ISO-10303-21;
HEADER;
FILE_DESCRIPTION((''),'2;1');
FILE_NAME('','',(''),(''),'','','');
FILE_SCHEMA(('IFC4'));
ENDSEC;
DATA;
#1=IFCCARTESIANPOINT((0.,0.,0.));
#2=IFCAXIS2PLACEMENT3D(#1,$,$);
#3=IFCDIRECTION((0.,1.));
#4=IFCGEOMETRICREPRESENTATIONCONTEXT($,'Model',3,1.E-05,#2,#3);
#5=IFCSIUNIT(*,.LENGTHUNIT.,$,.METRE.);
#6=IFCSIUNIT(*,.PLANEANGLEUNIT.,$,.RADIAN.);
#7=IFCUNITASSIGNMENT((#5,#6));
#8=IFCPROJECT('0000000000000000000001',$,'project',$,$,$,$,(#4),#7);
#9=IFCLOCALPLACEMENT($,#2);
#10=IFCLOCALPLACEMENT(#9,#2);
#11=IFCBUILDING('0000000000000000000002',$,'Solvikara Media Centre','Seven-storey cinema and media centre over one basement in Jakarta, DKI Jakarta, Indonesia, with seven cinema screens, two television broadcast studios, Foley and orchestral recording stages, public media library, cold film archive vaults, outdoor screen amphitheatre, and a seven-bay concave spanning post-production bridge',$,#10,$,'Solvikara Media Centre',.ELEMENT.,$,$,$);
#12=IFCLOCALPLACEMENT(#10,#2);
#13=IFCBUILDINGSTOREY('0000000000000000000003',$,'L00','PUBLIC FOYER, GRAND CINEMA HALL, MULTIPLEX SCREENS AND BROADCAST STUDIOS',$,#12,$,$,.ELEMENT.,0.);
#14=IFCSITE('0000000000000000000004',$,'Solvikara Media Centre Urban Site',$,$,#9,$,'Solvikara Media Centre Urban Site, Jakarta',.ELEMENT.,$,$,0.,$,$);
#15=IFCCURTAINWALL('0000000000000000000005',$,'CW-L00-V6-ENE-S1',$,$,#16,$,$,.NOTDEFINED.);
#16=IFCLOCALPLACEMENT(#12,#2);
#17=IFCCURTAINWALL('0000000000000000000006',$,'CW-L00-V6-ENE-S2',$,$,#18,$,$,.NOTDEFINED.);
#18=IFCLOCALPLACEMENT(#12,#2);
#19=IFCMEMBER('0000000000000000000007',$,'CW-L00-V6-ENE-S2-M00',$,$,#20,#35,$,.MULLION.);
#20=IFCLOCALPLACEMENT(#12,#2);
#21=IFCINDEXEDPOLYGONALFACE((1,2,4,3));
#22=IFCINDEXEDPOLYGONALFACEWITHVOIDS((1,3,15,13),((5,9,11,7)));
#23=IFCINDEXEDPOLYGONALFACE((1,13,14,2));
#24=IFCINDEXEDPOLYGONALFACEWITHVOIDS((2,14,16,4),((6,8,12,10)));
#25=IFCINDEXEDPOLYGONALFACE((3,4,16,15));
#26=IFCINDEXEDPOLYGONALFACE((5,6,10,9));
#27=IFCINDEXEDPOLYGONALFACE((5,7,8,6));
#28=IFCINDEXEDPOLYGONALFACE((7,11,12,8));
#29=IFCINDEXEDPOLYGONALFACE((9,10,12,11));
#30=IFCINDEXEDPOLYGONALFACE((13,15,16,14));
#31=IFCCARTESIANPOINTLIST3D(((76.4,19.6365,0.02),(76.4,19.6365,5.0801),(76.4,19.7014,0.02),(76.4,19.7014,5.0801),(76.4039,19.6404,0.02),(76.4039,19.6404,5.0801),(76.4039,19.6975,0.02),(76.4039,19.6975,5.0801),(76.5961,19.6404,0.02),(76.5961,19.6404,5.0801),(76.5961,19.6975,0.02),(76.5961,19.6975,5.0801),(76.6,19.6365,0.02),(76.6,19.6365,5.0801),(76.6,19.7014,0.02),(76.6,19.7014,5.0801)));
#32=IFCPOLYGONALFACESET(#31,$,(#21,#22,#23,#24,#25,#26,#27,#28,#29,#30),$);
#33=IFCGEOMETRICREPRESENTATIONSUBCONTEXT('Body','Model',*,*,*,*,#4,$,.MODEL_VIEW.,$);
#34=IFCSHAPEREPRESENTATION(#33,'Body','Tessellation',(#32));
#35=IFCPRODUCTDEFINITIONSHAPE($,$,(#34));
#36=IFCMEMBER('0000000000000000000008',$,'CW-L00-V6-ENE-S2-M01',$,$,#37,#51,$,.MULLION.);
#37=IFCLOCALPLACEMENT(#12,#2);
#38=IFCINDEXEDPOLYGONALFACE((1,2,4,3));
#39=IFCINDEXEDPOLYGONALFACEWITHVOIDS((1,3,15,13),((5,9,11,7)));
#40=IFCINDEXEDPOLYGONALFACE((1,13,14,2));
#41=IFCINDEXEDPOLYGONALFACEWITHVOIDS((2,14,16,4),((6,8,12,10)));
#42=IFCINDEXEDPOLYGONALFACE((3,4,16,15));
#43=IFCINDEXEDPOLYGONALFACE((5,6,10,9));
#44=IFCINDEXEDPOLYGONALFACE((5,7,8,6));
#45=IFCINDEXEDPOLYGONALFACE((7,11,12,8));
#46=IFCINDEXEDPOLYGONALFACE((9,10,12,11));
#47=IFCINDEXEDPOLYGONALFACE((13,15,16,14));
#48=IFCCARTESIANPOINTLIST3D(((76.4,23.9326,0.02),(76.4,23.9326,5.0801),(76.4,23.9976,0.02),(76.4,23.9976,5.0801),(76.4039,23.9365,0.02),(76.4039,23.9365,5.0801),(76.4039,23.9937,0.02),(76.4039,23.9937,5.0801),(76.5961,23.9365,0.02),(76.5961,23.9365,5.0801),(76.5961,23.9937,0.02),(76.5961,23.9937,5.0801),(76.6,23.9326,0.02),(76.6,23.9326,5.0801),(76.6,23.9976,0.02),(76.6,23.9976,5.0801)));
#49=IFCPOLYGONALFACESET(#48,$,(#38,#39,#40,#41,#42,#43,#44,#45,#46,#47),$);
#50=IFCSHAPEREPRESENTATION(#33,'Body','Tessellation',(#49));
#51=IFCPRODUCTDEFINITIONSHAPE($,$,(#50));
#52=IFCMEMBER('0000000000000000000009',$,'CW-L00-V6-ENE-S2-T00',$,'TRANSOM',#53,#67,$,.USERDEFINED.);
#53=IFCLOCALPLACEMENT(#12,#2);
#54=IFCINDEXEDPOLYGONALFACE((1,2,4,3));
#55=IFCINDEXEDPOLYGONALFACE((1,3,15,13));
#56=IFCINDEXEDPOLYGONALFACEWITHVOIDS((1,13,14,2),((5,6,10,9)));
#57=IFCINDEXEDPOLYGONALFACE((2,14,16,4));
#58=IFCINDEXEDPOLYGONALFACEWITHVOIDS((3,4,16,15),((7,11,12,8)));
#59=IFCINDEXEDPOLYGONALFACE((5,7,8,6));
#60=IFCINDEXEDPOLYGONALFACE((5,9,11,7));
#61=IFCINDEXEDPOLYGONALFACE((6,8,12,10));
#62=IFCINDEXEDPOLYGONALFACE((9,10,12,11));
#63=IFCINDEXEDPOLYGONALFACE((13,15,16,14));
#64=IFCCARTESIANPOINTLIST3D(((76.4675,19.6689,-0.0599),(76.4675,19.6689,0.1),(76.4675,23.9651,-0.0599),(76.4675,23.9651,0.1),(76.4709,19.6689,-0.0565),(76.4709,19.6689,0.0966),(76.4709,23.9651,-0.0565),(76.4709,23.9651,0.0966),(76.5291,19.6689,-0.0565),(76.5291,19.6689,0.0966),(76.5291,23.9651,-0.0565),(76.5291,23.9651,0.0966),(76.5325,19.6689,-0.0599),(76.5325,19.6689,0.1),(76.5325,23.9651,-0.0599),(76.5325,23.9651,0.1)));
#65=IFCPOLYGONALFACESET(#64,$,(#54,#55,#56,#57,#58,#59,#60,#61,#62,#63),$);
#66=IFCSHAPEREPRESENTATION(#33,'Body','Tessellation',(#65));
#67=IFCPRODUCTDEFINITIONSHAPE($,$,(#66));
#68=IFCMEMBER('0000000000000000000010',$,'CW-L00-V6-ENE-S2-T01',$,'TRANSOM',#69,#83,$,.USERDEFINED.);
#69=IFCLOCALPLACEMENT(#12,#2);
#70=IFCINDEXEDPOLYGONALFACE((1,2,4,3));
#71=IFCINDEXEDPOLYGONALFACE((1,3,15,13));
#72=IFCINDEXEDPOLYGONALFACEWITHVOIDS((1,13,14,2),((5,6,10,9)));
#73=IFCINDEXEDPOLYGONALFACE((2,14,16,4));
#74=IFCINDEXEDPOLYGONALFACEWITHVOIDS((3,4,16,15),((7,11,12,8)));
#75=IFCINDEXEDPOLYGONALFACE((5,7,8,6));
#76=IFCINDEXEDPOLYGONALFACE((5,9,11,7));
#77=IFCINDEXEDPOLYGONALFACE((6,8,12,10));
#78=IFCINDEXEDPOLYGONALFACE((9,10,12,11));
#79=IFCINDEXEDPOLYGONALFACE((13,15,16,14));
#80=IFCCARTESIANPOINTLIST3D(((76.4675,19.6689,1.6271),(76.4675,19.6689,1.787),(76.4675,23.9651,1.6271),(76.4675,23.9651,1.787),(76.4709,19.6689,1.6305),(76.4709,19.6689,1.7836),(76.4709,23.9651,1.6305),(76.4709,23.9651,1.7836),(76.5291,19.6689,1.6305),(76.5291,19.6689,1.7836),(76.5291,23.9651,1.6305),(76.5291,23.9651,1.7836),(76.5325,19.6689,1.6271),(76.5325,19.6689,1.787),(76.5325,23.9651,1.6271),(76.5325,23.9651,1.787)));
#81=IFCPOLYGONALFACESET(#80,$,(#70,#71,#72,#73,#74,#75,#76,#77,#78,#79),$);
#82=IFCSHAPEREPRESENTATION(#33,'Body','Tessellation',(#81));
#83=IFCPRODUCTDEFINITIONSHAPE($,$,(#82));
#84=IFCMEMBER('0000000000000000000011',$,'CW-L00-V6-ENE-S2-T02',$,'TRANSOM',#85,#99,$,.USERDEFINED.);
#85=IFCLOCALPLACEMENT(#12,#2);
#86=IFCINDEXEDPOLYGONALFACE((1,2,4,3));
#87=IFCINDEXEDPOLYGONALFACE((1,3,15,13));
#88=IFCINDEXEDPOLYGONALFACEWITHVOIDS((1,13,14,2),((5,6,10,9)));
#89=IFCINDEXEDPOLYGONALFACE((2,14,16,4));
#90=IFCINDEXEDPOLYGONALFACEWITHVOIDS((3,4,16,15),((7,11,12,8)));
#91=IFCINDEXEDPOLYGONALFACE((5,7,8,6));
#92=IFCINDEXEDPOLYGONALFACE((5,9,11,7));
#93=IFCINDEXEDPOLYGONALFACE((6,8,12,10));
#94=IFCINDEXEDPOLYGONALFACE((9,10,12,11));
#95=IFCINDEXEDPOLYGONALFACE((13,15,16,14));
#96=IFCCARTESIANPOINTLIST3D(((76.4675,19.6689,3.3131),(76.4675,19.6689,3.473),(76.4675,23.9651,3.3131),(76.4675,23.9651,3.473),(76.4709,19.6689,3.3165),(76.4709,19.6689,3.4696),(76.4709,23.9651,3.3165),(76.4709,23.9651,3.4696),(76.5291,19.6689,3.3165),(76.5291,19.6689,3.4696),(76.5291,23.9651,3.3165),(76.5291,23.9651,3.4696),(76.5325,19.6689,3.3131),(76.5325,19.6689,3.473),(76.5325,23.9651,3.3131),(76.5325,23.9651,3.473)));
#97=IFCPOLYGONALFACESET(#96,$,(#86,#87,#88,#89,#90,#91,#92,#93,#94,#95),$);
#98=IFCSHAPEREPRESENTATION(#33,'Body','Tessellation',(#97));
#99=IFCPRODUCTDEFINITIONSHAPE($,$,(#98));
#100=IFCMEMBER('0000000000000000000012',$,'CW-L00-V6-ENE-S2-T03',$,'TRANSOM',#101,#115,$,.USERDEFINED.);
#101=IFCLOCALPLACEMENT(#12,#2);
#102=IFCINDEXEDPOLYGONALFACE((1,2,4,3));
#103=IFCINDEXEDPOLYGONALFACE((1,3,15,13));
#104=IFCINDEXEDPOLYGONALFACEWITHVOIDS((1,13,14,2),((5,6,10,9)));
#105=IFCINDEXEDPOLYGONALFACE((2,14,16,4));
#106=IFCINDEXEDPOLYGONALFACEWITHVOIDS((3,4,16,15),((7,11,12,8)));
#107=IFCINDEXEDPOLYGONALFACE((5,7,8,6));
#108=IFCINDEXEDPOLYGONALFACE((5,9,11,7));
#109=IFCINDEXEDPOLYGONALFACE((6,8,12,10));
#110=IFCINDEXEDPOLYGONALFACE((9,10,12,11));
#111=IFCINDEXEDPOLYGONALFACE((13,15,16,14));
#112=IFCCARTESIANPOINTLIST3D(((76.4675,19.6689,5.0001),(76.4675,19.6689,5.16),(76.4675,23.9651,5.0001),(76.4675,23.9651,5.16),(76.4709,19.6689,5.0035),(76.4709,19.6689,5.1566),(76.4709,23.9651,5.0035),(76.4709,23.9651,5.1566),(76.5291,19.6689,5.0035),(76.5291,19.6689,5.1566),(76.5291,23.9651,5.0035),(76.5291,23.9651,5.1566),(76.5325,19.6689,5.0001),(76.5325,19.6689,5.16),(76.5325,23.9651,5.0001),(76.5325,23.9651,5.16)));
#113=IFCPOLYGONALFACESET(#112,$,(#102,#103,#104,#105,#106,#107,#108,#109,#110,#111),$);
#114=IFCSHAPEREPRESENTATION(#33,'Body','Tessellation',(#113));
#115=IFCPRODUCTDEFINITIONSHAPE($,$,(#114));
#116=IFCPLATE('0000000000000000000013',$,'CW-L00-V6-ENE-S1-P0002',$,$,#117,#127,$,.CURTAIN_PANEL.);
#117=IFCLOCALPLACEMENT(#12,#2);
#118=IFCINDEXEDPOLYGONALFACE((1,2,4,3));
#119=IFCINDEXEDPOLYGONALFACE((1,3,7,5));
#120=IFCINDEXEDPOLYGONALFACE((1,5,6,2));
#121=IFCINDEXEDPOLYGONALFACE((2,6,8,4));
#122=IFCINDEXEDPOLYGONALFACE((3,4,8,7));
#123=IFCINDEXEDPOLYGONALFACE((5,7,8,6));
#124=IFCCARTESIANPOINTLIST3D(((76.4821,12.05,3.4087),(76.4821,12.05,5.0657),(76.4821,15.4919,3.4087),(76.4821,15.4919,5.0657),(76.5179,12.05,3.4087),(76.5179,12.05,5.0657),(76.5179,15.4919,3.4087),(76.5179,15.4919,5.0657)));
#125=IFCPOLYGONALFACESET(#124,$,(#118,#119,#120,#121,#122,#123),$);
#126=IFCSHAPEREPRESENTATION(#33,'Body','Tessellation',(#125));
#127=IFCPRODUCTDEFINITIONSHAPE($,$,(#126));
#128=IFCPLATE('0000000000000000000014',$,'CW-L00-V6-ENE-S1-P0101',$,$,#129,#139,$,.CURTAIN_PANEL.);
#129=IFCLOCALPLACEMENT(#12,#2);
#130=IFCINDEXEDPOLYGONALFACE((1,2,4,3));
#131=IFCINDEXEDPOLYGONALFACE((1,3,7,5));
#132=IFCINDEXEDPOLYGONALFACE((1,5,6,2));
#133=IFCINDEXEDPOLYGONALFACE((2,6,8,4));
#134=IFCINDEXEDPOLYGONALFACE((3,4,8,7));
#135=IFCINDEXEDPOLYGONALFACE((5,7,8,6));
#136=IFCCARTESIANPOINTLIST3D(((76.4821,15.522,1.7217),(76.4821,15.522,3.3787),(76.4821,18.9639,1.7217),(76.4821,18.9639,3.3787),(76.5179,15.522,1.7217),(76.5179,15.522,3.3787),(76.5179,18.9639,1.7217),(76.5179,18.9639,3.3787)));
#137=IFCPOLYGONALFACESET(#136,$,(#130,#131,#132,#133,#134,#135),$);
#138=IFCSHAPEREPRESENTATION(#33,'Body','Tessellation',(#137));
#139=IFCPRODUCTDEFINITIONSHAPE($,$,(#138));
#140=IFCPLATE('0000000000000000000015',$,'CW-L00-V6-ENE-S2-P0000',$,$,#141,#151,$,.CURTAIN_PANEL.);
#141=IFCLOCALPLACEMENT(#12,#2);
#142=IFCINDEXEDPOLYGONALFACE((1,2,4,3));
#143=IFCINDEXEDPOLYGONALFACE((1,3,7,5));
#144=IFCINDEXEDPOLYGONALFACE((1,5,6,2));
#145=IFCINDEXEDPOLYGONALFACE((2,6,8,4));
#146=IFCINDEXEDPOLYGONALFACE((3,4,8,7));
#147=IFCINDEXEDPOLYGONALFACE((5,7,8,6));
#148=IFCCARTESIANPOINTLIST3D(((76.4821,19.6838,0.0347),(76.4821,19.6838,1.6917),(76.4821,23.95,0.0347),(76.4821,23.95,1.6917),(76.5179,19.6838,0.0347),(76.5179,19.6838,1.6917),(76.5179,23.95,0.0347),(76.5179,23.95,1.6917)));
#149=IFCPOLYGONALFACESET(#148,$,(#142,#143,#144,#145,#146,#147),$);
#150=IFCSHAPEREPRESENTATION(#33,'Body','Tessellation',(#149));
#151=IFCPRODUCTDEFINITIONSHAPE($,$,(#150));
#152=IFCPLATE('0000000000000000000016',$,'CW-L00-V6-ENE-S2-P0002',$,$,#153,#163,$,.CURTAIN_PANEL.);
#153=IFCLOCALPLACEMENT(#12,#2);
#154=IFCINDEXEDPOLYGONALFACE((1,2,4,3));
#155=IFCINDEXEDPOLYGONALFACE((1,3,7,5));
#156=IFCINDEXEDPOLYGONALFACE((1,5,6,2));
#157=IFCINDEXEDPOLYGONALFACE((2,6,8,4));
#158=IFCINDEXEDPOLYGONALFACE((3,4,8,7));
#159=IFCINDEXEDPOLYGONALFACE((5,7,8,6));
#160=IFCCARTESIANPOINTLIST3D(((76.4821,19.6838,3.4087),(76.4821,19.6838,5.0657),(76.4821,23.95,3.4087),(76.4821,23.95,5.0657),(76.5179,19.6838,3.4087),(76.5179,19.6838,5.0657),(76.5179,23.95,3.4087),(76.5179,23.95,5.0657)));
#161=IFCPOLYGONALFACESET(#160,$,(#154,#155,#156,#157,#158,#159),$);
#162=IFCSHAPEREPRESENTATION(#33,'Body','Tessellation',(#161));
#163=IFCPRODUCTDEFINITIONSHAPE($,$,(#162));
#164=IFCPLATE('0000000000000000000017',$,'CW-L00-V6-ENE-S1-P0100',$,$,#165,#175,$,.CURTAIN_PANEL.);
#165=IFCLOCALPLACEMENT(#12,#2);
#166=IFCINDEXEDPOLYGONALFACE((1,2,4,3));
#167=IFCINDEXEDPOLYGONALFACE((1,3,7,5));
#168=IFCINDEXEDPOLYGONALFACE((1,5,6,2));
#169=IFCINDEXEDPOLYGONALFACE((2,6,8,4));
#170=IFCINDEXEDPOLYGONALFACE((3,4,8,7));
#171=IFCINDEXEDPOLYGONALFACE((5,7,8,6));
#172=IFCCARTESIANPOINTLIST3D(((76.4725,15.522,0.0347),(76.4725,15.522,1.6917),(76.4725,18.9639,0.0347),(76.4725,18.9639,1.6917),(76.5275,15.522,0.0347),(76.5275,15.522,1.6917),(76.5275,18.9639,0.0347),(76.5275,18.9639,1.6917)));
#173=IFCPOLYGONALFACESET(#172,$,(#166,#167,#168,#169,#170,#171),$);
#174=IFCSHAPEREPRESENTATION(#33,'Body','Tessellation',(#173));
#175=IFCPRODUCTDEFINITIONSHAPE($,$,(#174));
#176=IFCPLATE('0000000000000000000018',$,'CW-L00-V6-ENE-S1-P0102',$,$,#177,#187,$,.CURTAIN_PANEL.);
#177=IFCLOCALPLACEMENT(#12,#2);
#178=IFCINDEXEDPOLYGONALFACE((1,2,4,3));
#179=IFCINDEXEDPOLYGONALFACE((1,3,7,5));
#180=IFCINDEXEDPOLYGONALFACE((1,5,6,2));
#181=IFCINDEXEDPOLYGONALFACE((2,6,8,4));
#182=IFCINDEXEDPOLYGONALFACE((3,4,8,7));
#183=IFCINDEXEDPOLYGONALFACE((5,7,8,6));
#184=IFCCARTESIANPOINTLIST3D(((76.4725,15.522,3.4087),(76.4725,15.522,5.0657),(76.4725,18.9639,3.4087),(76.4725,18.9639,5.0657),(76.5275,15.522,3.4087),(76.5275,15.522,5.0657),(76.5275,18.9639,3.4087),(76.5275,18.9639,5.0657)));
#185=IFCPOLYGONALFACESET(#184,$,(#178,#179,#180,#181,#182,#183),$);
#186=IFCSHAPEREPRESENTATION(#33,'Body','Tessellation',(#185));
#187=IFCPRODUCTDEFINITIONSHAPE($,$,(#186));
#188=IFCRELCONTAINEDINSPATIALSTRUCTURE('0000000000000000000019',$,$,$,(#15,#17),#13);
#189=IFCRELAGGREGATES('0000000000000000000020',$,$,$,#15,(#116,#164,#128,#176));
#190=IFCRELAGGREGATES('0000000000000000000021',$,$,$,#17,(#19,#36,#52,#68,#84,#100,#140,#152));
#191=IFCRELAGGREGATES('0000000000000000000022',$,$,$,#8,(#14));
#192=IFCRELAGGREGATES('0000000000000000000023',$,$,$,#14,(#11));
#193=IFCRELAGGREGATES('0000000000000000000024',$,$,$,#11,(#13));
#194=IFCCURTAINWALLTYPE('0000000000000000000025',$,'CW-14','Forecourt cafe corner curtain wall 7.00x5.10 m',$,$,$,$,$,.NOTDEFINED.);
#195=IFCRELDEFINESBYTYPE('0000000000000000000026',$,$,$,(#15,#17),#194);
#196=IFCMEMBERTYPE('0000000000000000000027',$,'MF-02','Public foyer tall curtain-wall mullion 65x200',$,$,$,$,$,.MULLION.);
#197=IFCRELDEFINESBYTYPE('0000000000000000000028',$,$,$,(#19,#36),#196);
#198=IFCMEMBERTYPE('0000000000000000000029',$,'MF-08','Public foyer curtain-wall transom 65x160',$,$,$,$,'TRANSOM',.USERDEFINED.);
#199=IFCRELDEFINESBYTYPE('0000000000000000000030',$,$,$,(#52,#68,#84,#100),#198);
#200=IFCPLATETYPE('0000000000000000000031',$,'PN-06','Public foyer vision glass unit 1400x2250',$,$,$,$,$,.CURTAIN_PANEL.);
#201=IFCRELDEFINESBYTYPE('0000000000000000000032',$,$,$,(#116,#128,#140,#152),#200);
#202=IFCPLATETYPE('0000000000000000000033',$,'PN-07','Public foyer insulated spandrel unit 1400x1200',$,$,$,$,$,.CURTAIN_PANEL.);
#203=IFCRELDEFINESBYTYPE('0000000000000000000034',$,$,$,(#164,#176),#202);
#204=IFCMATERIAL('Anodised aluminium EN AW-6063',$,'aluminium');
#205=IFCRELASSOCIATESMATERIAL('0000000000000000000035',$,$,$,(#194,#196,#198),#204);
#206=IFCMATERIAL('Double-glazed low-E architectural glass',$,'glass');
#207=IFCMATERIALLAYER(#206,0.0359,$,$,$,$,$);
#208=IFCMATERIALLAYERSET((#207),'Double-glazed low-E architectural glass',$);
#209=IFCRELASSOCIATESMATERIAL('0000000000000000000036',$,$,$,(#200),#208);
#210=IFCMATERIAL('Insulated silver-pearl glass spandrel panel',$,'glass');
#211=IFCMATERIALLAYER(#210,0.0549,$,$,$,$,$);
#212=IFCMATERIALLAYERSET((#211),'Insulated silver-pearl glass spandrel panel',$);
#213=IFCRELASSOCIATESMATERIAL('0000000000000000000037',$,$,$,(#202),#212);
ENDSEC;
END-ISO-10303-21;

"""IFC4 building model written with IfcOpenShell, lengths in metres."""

from ifc_helpers import new_model, si_unit, direction, frame, origin, origin_2d, place, context, subcontext, project, spatial, rectangle, hollow_rectangle, extrude, material, layer, layer_set, material_profile, profile_set, type_object, element, aggregate, save


model = new_model("IFC4")

# Units and contexts
model_context = context("Model", 3, precision=1e-05, world=origin(), true_north=direction((0.0, 1.0)))
body_context = subcontext(model_context, "Body", "Model", "MODEL_VIEW")
ifc_project = project(units=[si_unit("LENGTHUNIT", "METRE"), si_unit("PLANEANGLEUNIT", "RADIAN")], contexts=[model_context])

# Site, building, storey
site_placement = place(None, origin())
site = spatial("IfcSite", under=ifc_project, at=site_placement, Name="Solvikara Media Centre Urban Site", LongName="Solvikara Media Centre Urban Site, Jakarta", CompositionType="ELEMENT", RefElevation=0.0)
building_placement = place(site_placement, origin())
building = spatial("IfcBuilding", under=site, at=building_placement, Name="Solvikara Media Centre", Description="Seven-storey cinema and media centre over one basement in Jakarta, DKI Jakarta, Indonesia, with seven cinema screens, two television broadcast studios, Foley and orchestral recording stages, public media library, cold film archive vaults, outdoor screen amphitheatre, and a seven-bay concave spanning post-production bridge", LongName="Solvikara Media Centre", CompositionType="ELEMENT")
storey_placement = place(building_placement, origin())
storey = spatial("IfcBuildingStorey", under=building, at=storey_placement, Name="L00", Description="PUBLIC FOYER, GRAND CINEMA HALL, MULTIPLEX SCREENS AND BROADCAST STUDIOS", CompositionType="ELEMENT", Elevation=0.0)

# Curtain walls, members
ifc_material_1 = material(Name="Anodised aluminium EN AW-6063", Category="aluminium")
curtain_wall_type = type_object("IfcCurtainWallType", Name="CW-14", Description="Forecourt cafe corner curtain wall 7.00x5.10 m", PredefinedType="NOTDEFINED", material=ifc_material_1)
curtain_wall_1_placement = place(storey_placement, origin())
curtain_wall_1 = element("IfcCurtainWall", 1, at=curtain_wall_1_placement, inside=storey, type_object=curtain_wall_type, Name="CW-L00-V6-ENE-S1", PredefinedType="NOTDEFINED")
ifc_material_profile_1 = material_profile(ifc_material_1, hollow_rectangle(XDim=0.0649, YDim=0.2, WallThickness=0.0039, at=origin_2d()), Name="ALU-M 65x200x4")
ifc_profile_set_1 = profile_set([ifc_material_profile_1], Name="Anodised aluminium EN AW-6063")
member_type_1 = type_object("IfcMemberType", Name="MF-02", Description="Public foyer tall curtain-wall mullion 65x200", PredefinedType="MULLION", material=ifc_profile_set_1)
curtain_wall_2_placement = place(storey_placement, origin())
curtain_wall_2 = element("IfcCurtainWall", 2, at=curtain_wall_2_placement, inside=storey, type_object=curtain_wall_type, Name="CW-L00-V6-ENE-S2", PredefinedType="NOTDEFINED")
member_1_placement = place(storey_placement, frame((76.5, 19.6689, 0.02), z_axis=(0.0, 0.0, 1.0), x_axis=(0.0, 1.0, 0.0)))
member_1 = element("IfcMember", 3, at=member_1_placement, type_object=member_type_1, Name="CW-L00-V6-ENE-S2-M00", PredefinedType="MULLION", context=body_context, shape_type="SweptSolid", body=[
    extrude(hollow_rectangle(XDim=0.0649, YDim=0.2, WallThickness=0.0039, at=origin_2d()), origin(), (0.0, 0.0, 1.0), 5.0601),
])
member_2_placement = place(storey_placement, frame((76.5, 23.9651, 0.02), z_axis=(0.0, 0.0, 1.0), x_axis=(0.0, 1.0, 0.0)))
member_2 = element("IfcMember", 4, at=member_2_placement, type_object=member_type_1, Name="CW-L00-V6-ENE-S2-M01", PredefinedType="MULLION", context=body_context, shape_type="SweptSolid", body=[
    extrude(hollow_rectangle(XDim=0.0649, YDim=0.2, WallThickness=0.0039, at=origin_2d()), origin(), (0.0, 0.0, 1.0), 5.0601),
])
ifc_material_profile_2 = material_profile(ifc_material_1, hollow_rectangle(XDim=0.0649, YDim=0.1599, WallThickness=0.0034, at=origin_2d()), Name="ALU-T 65x160x3.5")
ifc_profile_set_2 = profile_set([ifc_material_profile_2], Name="Anodised aluminium EN AW-6063")
member_type_2 = type_object("IfcMemberType", Name="MF-08", Description="Public foyer curtain-wall transom 65x160", ElementType="TRANSOM", PredefinedType="USERDEFINED", material=ifc_profile_set_2)
member_3_placement = place(storey_placement, frame((76.5, 19.6689, 0.02), z_axis=(0.0, 1.0, 0.0), x_axis=(-1.0, 0.0, 0.0)))
member_3 = element("IfcMember", 5, at=member_3_placement, type_object=member_type_2, Name="CW-L00-V6-ENE-S2-T00", ObjectType="TRANSOM", PredefinedType="USERDEFINED", context=body_context, shape_type="SweptSolid", body=[
    extrude(hollow_rectangle(XDim=0.0649, YDim=0.1599, WallThickness=0.0034, at=origin_2d()), origin(), (0.0, 0.0, 1.0), 4.2961),
])
member_4_placement = place(storey_placement, frame((76.5, 19.6689, 1.707), z_axis=(0.0, 1.0, 0.0), x_axis=(-1.0, 0.0, 0.0)))
member_4 = element("IfcMember", 6, at=member_4_placement, type_object=member_type_2, Name="CW-L00-V6-ENE-S2-T01", ObjectType="TRANSOM", PredefinedType="USERDEFINED", context=body_context, shape_type="SweptSolid", body=[
    extrude(hollow_rectangle(XDim=0.0649, YDim=0.1599, WallThickness=0.0034, at=origin_2d()), origin(), (0.0, 0.0, 1.0), 4.2961),
])
member_5_placement = place(storey_placement, frame((76.5, 19.6689, 3.3931), z_axis=(0.0, 1.0, 0.0), x_axis=(-1.0, 0.0, 0.0)))
member_5 = element("IfcMember", 7, at=member_5_placement, type_object=member_type_2, Name="CW-L00-V6-ENE-S2-T02", ObjectType="TRANSOM", PredefinedType="USERDEFINED", context=body_context, shape_type="SweptSolid", body=[
    extrude(hollow_rectangle(XDim=0.0649, YDim=0.1599, WallThickness=0.0034, at=origin_2d()), origin(), (0.0, 0.0, 1.0), 4.2961),
])
member_6_placement = place(storey_placement, frame((76.5, 19.6689, 5.0801), z_axis=(0.0, 1.0, 0.0), x_axis=(-1.0, 0.0, 0.0)))
member_6 = element("IfcMember", 8, at=member_6_placement, type_object=member_type_2, Name="CW-L00-V6-ENE-S2-T03", ObjectType="TRANSOM", PredefinedType="USERDEFINED", context=body_context, shape_type="SweptSolid", body=[
    extrude(hollow_rectangle(XDim=0.0649, YDim=0.1599, WallThickness=0.0034, at=origin_2d()), origin(), (0.0, 0.0, 1.0), 4.2961),
])

# Plates
ifc_material_2 = material(Name="Double-glazed low-E architectural glass", Category="glass")
ifc_layer_1 = layer(ifc_material_2, 0.0359)
ifc_layer_set_1 = layer_set([ifc_layer_1], Name="Double-glazed low-E architectural glass")
plate_type_1 = type_object("IfcPlateType", Name="PN-06", Description="Public foyer vision glass unit 1400x2250", PredefinedType="CURTAIN_PANEL", material=ifc_layer_set_1)
plate_1_placement = place(storey_placement, frame((76.5, 13.771, 3.4087), z_axis=(0.0, 0.0, 1.0), x_axis=(0.0, 1.0, 0.0)))
plate_1 = element("IfcPlate", 9, at=plate_1_placement, type_object=plate_type_1, Name="CW-L00-V6-ENE-S1-P0002", PredefinedType="CURTAIN_PANEL", context=body_context, shape_type="SweptSolid", body=[
    extrude(rectangle(XDim=3.4419, YDim=0.0359, at=origin_2d()), origin(), (0.0, 0.0, 1.0), 1.657),
])
plate_2_placement = place(storey_placement, frame((76.5, 17.2429, 1.7217), z_axis=(0.0, 0.0, 1.0), x_axis=(0.0, 1.0, 0.0)))
plate_2 = element("IfcPlate", 10, at=plate_2_placement, type_object=plate_type_1, Name="CW-L00-V6-ENE-S1-P0101", PredefinedType="CURTAIN_PANEL", context=body_context, shape_type="SweptSolid", body=[
    extrude(rectangle(XDim=3.4419, YDim=0.0359, at=origin_2d()), origin(), (0.0, 0.0, 1.0), 1.657),
])
plate_3_placement = place(storey_placement, frame((76.5, 21.8169, 0.0347), z_axis=(0.0, 0.0, 1.0), x_axis=(0.0, 1.0, 0.0)))
plate_3 = element("IfcPlate", 11, at=plate_3_placement, type_object=plate_type_1, Name="CW-L00-V6-ENE-S2-P0000", PredefinedType="CURTAIN_PANEL", context=body_context, shape_type="SweptSolid", body=[
    extrude(rectangle(XDim=4.2661, YDim=0.0359, at=origin_2d()), origin(), (0.0, 0.0, 1.0), 1.657),
])
plate_4_placement = place(storey_placement, frame((76.5, 21.8169, 3.4087), z_axis=(0.0, 0.0, 1.0), x_axis=(0.0, 1.0, 0.0)))
plate_4 = element("IfcPlate", 12, at=plate_4_placement, type_object=plate_type_1, Name="CW-L00-V6-ENE-S2-P0002", PredefinedType="CURTAIN_PANEL", context=body_context, shape_type="SweptSolid", body=[
    extrude(rectangle(XDim=4.2661, YDim=0.0359, at=origin_2d()), origin(), (0.0, 0.0, 1.0), 1.657),
])
ifc_material_3 = material(Name="Insulated silver-pearl glass spandrel panel", Category="glass")
ifc_layer_2 = layer(ifc_material_3, 0.0549)
ifc_layer_set_2 = layer_set([ifc_layer_2], Name="Insulated silver-pearl glass spandrel panel")
plate_type_2 = type_object("IfcPlateType", Name="PN-07", Description="Public foyer insulated spandrel unit 1400x1200", PredefinedType="CURTAIN_PANEL", material=ifc_layer_set_2)
plate_5_placement = place(storey_placement, frame((76.5, 17.2429, 0.0347), z_axis=(0.0, 0.0, 1.0), x_axis=(0.0, 1.0, 0.0)))
plate_5 = element("IfcPlate", 13, at=plate_5_placement, type_object=plate_type_2, Name="CW-L00-V6-ENE-S1-P0100", PredefinedType="CURTAIN_PANEL", context=body_context, shape_type="SweptSolid", body=[
    extrude(rectangle(XDim=3.4419, YDim=0.0549, at=origin_2d()), origin(), (0.0, 0.0, 1.0), 1.657),
])
plate_6_placement = place(storey_placement, frame((76.5, 17.2429, 3.4087), z_axis=(0.0, 0.0, 1.0), x_axis=(0.0, 1.0, 0.0)))
plate_6 = element("IfcPlate", 14, at=plate_6_placement, type_object=plate_type_2, Name="CW-L00-V6-ENE-S1-P0102", PredefinedType="CURTAIN_PANEL", context=body_context, shape_type="SweptSolid", body=[
    extrude(rectangle(XDim=3.4419, YDim=0.0549, at=origin_2d()), origin(), (0.0, 0.0, 1.0), 1.657),
])
aggregate(curtain_wall_1, [plate_1, plate_5, plate_2, plate_6])
aggregate(curtain_wall_2, [member_1, member_2, member_3, member_4, member_5, member_6, plate_3, plate_4])

save(model, "model.ifc")
